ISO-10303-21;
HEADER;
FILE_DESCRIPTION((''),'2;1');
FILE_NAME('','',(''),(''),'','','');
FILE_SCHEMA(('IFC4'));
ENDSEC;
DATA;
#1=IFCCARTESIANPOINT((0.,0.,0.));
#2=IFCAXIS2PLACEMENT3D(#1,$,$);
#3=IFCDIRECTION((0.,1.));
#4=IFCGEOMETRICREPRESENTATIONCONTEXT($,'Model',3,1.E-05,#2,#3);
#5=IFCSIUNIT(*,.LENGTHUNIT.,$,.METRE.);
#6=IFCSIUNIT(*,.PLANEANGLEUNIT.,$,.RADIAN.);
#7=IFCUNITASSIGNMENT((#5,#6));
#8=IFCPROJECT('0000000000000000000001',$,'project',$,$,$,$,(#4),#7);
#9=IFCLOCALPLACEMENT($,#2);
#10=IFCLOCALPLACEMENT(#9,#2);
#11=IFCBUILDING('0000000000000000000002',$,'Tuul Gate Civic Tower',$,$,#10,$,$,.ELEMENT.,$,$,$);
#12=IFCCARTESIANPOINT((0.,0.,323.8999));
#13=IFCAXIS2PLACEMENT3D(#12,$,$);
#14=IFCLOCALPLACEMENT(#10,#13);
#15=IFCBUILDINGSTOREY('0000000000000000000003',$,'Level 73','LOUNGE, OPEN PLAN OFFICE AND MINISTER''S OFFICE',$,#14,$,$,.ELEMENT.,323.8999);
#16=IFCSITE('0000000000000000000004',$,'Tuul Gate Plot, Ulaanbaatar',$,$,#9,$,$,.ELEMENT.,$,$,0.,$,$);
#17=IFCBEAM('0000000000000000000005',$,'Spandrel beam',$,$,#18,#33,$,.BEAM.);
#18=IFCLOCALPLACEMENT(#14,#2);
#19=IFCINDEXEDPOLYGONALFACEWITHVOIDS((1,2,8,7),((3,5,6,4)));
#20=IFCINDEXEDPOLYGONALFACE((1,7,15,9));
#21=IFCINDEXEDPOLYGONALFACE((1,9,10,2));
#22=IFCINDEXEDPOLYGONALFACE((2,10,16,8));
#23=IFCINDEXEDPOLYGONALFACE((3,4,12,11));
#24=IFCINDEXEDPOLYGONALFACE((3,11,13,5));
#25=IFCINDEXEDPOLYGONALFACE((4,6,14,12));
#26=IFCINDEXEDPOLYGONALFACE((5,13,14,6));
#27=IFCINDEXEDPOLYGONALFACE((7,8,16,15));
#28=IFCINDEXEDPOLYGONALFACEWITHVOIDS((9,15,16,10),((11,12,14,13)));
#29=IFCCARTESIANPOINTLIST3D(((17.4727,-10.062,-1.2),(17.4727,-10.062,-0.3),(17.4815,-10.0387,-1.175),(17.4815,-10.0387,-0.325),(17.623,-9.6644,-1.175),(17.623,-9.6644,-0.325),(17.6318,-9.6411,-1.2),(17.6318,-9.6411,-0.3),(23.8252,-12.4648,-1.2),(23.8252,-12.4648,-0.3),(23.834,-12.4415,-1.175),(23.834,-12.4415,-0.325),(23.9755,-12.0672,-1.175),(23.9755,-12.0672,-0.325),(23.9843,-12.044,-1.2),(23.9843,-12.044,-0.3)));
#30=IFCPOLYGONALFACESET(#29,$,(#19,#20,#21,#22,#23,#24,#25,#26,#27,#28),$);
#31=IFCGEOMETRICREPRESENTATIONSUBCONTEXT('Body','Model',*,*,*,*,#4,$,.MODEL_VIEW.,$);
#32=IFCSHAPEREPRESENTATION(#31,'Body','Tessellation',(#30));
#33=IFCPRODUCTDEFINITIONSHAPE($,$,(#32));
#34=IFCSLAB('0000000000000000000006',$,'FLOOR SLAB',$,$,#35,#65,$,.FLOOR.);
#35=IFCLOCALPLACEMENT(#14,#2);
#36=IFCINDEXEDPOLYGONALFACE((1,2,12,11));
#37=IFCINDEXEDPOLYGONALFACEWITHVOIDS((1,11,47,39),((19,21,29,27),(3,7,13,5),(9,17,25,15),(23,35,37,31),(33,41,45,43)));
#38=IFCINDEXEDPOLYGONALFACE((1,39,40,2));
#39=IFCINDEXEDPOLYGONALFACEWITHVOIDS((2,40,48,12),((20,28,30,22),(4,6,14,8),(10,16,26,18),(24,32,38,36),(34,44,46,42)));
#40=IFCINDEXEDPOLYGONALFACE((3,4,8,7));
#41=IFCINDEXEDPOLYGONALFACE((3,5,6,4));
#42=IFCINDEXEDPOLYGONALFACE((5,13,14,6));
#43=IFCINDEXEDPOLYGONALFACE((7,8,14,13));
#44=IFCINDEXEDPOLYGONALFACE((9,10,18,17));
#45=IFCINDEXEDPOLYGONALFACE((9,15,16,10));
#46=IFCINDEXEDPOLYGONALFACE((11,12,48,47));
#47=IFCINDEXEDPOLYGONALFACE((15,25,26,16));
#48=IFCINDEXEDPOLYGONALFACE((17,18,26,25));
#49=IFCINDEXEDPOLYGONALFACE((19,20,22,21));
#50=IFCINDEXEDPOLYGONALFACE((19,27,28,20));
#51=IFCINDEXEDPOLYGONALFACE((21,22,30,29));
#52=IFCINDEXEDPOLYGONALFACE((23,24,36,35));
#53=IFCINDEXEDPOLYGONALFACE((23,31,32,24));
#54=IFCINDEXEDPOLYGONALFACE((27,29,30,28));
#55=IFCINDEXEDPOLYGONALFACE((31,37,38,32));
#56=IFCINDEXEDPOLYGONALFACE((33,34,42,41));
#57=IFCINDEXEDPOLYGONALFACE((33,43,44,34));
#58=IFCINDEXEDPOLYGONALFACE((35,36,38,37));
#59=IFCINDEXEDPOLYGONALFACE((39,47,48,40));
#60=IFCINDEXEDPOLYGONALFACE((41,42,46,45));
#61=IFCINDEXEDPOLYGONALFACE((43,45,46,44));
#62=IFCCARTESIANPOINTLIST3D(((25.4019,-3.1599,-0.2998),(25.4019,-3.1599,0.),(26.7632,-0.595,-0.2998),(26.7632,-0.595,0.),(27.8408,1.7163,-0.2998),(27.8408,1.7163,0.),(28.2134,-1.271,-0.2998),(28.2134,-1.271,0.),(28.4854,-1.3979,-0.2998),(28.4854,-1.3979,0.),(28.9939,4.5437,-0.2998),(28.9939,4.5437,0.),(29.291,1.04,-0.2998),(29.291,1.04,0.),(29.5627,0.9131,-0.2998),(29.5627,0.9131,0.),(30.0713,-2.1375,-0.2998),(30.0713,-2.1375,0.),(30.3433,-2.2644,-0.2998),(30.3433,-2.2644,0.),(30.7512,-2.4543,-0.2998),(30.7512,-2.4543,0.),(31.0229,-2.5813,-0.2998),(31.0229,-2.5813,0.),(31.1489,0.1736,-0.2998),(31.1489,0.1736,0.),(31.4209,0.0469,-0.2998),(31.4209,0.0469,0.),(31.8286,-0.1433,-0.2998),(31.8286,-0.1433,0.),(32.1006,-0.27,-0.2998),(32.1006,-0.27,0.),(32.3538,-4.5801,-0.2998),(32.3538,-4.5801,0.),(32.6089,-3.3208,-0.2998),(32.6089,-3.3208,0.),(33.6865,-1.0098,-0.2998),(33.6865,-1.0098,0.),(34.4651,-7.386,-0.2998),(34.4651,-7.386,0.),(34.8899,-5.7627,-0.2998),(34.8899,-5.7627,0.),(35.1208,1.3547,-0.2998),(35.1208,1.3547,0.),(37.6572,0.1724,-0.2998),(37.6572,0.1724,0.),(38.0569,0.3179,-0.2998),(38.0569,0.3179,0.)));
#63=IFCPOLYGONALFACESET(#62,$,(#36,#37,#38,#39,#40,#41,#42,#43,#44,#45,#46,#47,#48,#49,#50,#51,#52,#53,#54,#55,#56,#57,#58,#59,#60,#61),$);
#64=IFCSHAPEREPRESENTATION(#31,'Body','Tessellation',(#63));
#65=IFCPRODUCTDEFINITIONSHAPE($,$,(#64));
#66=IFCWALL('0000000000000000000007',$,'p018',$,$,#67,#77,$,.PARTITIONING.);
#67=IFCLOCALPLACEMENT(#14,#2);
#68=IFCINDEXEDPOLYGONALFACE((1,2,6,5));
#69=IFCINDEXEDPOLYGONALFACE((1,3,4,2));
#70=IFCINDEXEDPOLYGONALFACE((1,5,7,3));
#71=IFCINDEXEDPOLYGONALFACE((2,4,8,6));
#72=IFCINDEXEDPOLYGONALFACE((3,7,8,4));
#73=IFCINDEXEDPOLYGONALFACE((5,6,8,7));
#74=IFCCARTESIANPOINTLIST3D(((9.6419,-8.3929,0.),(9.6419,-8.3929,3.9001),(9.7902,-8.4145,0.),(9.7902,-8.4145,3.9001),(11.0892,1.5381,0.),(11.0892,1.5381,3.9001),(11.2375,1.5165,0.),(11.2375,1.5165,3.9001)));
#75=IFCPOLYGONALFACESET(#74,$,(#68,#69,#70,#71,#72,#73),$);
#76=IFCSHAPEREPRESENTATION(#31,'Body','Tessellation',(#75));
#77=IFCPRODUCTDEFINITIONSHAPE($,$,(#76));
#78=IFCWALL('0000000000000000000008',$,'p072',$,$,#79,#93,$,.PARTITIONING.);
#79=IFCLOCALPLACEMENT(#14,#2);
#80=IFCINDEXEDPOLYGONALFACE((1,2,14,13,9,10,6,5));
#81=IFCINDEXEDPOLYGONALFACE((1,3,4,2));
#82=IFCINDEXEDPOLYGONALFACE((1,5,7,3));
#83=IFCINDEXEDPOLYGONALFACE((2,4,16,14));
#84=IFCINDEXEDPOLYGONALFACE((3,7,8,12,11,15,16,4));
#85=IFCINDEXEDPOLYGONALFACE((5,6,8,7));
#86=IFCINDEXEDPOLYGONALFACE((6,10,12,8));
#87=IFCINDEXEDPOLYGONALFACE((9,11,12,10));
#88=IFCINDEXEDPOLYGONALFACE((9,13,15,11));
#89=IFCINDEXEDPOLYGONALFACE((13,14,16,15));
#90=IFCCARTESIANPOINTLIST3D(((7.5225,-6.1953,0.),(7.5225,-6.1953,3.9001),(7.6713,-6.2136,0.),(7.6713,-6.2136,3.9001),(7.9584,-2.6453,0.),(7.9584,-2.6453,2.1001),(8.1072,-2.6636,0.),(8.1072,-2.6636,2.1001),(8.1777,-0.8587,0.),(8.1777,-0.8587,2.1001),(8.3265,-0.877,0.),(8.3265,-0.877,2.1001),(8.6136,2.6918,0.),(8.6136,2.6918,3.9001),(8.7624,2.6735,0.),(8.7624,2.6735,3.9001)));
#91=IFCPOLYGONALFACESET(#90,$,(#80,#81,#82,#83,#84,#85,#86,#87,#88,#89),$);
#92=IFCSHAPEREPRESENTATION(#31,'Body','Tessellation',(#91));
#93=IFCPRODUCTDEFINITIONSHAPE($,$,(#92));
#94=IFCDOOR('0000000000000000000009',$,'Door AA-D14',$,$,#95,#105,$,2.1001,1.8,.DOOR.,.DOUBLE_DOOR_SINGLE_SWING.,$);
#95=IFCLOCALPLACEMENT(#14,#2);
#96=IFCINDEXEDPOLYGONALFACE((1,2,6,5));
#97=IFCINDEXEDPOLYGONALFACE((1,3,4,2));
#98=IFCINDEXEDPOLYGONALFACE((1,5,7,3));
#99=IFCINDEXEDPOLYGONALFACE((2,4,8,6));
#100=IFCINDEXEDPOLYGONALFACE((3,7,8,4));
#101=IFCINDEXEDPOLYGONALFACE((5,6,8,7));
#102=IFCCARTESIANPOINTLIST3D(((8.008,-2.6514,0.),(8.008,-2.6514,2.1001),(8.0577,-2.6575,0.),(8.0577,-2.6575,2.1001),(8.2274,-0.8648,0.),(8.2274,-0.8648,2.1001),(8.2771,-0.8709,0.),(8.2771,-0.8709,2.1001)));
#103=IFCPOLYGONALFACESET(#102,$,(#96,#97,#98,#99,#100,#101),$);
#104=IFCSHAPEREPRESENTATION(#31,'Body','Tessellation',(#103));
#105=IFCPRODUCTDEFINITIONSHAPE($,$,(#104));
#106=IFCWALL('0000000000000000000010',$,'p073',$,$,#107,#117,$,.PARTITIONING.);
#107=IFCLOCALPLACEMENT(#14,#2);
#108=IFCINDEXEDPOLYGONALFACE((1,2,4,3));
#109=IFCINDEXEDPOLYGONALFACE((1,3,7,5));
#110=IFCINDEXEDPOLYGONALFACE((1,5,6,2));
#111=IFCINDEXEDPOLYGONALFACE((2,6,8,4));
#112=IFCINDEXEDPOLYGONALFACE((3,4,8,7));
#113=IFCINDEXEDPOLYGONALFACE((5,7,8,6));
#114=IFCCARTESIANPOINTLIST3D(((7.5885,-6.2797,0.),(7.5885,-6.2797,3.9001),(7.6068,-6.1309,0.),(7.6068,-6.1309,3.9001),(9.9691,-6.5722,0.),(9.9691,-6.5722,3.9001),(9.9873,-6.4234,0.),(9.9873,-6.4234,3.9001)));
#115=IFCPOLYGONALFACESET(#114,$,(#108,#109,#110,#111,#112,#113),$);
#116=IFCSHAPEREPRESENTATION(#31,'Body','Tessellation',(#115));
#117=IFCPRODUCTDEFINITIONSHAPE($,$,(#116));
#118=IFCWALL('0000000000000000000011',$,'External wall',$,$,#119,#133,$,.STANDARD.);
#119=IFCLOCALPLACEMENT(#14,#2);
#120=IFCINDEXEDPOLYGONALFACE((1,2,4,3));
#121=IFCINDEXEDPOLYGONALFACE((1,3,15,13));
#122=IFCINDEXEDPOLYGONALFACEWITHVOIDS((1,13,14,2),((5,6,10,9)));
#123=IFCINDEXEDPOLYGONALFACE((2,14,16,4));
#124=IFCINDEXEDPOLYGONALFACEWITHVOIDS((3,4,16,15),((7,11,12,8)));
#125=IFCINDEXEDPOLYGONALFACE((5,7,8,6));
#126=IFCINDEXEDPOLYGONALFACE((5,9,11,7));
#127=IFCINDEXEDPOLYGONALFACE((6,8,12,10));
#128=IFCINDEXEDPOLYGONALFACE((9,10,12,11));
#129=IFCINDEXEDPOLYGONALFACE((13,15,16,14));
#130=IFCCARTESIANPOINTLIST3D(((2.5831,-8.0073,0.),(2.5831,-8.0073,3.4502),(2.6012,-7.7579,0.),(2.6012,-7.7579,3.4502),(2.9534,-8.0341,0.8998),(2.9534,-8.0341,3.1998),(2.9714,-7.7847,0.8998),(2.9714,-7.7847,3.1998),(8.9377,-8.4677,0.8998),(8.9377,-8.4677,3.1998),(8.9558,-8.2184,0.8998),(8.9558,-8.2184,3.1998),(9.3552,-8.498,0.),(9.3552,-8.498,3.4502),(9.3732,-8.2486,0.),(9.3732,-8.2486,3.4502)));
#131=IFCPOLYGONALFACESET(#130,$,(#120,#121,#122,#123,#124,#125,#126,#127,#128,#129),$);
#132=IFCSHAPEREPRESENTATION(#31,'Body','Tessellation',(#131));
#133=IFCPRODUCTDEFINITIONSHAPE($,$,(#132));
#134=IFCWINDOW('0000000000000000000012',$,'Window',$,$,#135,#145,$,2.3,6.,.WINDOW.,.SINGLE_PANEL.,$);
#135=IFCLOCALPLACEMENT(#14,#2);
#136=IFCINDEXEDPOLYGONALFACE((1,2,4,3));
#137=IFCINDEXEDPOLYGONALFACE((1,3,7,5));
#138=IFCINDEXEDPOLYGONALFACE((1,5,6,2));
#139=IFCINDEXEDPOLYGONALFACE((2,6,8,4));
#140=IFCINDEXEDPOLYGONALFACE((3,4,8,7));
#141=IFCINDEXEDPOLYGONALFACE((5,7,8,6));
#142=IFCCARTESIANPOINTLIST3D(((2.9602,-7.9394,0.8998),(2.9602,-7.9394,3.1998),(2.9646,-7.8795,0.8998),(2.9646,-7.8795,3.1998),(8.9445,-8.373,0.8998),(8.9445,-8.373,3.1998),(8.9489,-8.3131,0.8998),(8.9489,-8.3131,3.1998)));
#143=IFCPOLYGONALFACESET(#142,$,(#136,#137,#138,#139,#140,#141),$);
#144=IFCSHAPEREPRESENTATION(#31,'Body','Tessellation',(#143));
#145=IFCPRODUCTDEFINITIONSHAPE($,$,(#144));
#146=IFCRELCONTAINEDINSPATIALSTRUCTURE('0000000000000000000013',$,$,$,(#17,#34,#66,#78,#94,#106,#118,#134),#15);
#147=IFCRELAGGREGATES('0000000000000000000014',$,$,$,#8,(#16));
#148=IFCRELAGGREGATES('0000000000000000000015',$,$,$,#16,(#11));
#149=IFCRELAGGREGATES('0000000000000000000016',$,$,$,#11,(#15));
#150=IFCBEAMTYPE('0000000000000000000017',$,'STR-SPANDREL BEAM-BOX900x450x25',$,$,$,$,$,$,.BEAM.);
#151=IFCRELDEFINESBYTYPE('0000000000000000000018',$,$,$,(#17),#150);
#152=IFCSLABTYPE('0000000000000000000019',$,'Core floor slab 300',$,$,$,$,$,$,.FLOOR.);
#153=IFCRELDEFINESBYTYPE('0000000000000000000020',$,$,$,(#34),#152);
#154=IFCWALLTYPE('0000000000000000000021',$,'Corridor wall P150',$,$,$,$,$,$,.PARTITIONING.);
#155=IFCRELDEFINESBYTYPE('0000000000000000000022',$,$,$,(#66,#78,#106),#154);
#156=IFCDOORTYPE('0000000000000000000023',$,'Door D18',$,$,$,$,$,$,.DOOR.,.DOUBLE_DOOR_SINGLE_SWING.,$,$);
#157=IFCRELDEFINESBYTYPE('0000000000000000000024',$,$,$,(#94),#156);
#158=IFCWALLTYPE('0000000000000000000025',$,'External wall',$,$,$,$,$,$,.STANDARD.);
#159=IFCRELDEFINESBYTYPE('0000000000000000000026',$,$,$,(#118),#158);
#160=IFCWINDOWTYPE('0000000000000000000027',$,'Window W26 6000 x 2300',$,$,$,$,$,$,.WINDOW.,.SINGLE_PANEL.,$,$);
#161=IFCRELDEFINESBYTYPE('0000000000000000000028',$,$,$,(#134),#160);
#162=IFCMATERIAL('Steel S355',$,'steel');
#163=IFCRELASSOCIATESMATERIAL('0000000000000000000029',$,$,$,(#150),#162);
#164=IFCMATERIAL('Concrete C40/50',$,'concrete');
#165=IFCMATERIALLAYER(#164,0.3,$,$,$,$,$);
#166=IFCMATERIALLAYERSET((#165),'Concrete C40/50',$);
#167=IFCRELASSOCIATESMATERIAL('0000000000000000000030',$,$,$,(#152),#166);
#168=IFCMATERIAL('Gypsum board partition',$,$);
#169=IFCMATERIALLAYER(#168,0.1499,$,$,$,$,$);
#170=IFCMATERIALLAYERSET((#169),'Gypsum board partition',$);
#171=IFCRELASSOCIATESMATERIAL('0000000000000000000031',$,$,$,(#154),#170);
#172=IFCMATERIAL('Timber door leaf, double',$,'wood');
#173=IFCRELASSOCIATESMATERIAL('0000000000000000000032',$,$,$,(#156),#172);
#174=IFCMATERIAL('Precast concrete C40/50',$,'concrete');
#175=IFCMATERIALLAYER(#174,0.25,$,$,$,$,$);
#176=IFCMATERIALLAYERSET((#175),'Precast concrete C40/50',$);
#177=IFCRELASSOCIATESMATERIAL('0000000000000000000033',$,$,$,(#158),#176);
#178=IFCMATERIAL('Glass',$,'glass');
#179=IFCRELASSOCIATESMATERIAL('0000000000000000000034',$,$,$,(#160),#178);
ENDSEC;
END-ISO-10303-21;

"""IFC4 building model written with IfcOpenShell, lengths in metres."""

from ifc_helpers import new_model, si_unit, direction, frame, frame_2d, origin, origin_2d, place, context, subcontext, project, spatial, polyline, rectangle, hollow_rectangle, outline, extrude, material, layer, layer_set, material_profile, profile_set, type_object, element, fill, save


model = new_model("IFC4")

# Units and contexts
model_context = context("Model", 3, precision=1e-05, world=origin(), true_north=direction((0.0, 1.0)))
body_context = subcontext(model_context, "Body", "Model", "MODEL_VIEW")
ifc_project = project(units=[si_unit("LENGTHUNIT", "METRE"), si_unit("PLANEANGLEUNIT", "RADIAN")], contexts=[model_context])

# Site, building, storey
site_placement = place(None, origin())
site = spatial("IfcSite", under=ifc_project, at=site_placement, Name="Tuul Gate Plot, Ulaanbaatar", CompositionType="ELEMENT", RefElevation=0.0)
building_placement = place(site_placement, origin())
building = spatial("IfcBuilding", under=site, at=building_placement, Name="Tuul Gate Civic Tower", CompositionType="ELEMENT")
storey_placement = place(building_placement, frame((0.0, 0.0, 323.8999)))
storey = spatial("IfcBuildingStorey", under=building, at=storey_placement, Name="Level 73", Description="LOUNGE, OPEN PLAN OFFICE AND MINISTER'S OFFICE", CompositionType="ELEMENT", Elevation=323.8999)

# Beam
ifc_material_1 = material(Name="Steel S355", Category="steel")
ifc_material_profile_1 = material_profile(ifc_material_1, hollow_rectangle(XDim=0.45, YDim=0.8999, WallThickness=0.0249, at=origin_2d()), Name="BOX900x450x25")
ifc_profile_set_1 = profile_set([ifc_material_profile_1], Name="Steel S355")
beam_type_1 = type_object("IfcBeamType", Name="STR-SPANDREL BEAM-BOX900x450x25", PredefinedType="BEAM", material=ifc_profile_set_1)
for number, where, z_axis, x_axis, name in (
    (1, (17.5522, -9.8516, -0.75), (0.935327, -0.353785, 0.0), (0.353785, 0.935327, 0.0), "Spandrel beam"),
):
    element("IfcBeam", number, at=place(storey_placement, frame(where, z_axis=z_axis, x_axis=x_axis)), inside=storey, type_object=beam_type_1, Name=name, PredefinedType="BEAM", context=body_context, shape_type="SweptSolid", body=[
        extrude(hollow_rectangle(XDim=0.45, YDim=0.8999, WallThickness=0.0249, at=origin_2d()), origin(), (0.0, 0.0, 1.0), 6.7917),
    ])

# Slab
ifc_material_2 = material(Name="Concrete C40/50", Category="concrete")
ifc_layer_1 = layer(ifc_material_2, 0.3)
ifc_layer_set_1 = layer_set([ifc_layer_1], Name="Concrete C40/50")
slab_type = type_object("IfcSlabType", Name="Core floor slab 300", PredefinedType="FLOOR", material=ifc_layer_set_1)
slab_placement = place(storey_placement, frame((0.0, 0.0, -0.2998)))
element("IfcSlab", 2, at=slab_placement, inside=storey, type_object=slab_type, Name="FLOOR SLAB", PredefinedType="FLOOR", context=body_context, shape_type="SweptSolid", body=[
    extrude(outline(polyline([(34.4651, -7.386), (38.0569, 0.3179), (28.9939, 4.5437), (25.4019, -3.1599), (34.4651, -7.386)]), holes=[polyline([(32.6089, -3.3208), (33.6865, -1.0098), (32.1006, -0.27), (31.0229, -2.5813), (32.6089, -3.3208)]), polyline([(30.0713, -2.1375), (31.1489, 0.1736), (29.5627, 0.9131), (28.4854, -1.3979), (30.0713, -2.1375)]), polyline([(30.7512, -2.4543), (31.8286, -0.1433), (31.4209, 0.0469), (30.3433, -2.2644), (30.7512, -2.4543)]), polyline([(28.2134, -1.271), (29.291, 1.04), (27.8408, 1.7163), (26.7632, -0.595), (28.2134, -1.271)]), polyline([(34.8899, -5.7627), (32.3538, -4.5801), (35.1208, 1.3547), (37.6572, 0.1724), (34.8899, -5.7627)])]), origin(), (0.0, 0.0, 1.0), 0.2998),
])

# Wall
ifc_material_3 = material(Name="Gypsum board partition")
ifc_layer_2 = layer(ifc_material_3, 0.1499)
ifc_layer_set_2 = layer_set([ifc_layer_2], Name="Gypsum board partition")
wall_type_1 = type_object("IfcWallType", Name="Corridor wall P150", PredefinedType="PARTITIONING", material=ifc_layer_set_2)
wall_1_placement = place(storey_placement, frame((9.7161, -8.4038, 0.0), z_axis=(0.0, 0.0, 1.0), x_axis=(0.14421, 0.989547, 0.0)))
element("IfcWall", 3, at=wall_1_placement, inside=storey, type_object=wall_type_1, Name="p018", PredefinedType="PARTITIONING", context=body_context, shape_type="SweptSolid", body=[
    extrude(rectangle(XDim=10.0359, YDim=0.1499, at=frame_2d((5.0181, 0.0))), origin(), (0.0, 0.0, 1.0), 3.9001),
])

# Wall, opening, door
wall_2_placement = place(storey_placement, frame((7.5969, -6.2046, 0.0), z_axis=(0.0, 0.0, 1.0), x_axis=(0.121853, 0.992548, 0.0)))
wall_2 = element("IfcWall", 4, at=wall_2_placement, inside=storey, type_object=wall_type_1, Name="p072", PredefinedType="PARTITIONING", context=body_context, shape_type="SweptSolid", body=[
    extrude(rectangle(XDim=8.9539, YDim=0.1499, at=frame_2d((4.4771, 0.0))), origin(), (0.0, 0.0, 1.0), 3.9001),
])
opening_1_placement = place(wall_2_placement, frame((3.5769, 0.0, 0.0)))
opening_1 = element("IfcOpeningElement", 5, at=opening_1_placement, cuts=wall_2, PredefinedType="OPENING", context=body_context, shape_type="SweptSolid", body=[
    extrude(rectangle(XDim=1.8, YDim=2.1001, at=frame_2d((0.8999, 1.05))), frame((0.0, 0.085, 0.0), z_axis=(0.0, -1.0, 0.0), x_axis=(1.0, 0.0, 0.0)), (0.0, 0.0, 1.0), 0.1699),
])
ifc_material_4 = material(Name="Timber door leaf, double", Category="wood")
door_type = type_object("IfcDoorType", Name="Door D18", OperationType="DOUBLE_DOOR_SINGLE_SWING", PredefinedType="DOOR", material=ifc_material_4)
door_placement = place(opening_1_placement, origin())
door = element("IfcDoor", 6, at=door_placement, inside=storey, type_object=door_type, Name="Door AA-D14", OperationType="DOUBLE_DOOR_SINGLE_SWING", OverallHeight=2.1001, OverallWidth=1.8, PredefinedType="DOOR", context=body_context, shape_type="SweptSolid", body=[
    extrude(rectangle(XDim=1.8, YDim=2.1001, at=frame_2d((0.8999, 1.05))), frame((0.0, 0.0249, 0.0), z_axis=(0.0, -1.0, 0.0), x_axis=(1.0, 0.0, 0.0)), (0.0, 0.0, 1.0), 0.05),
])
fill(opening_1, door)

# Wall
wall_3_placement = place(storey_placement, frame((7.5977, -6.2053, 0.0), z_axis=(0.0, 0.0, 1.0), x_axis=(0.992537, -0.121942, 0.0)))
element("IfcWall", 7, at=wall_3_placement, inside=storey, type_object=wall_type_1, Name="p073", PredefinedType="PARTITIONING", context=body_context, shape_type="SweptSolid", body=[
    extrude(rectangle(XDim=2.3984, YDim=0.1499, at=frame_2d((1.1992, 0.0))), origin(), (0.0, 0.0, 1.0), 3.9001),
])

# Wall, opening, window
ifc_material_5 = material(Name="Precast concrete C40/50", Category="concrete")
ifc_layer_3 = layer(ifc_material_5, 0.25)
ifc_layer_set_3 = layer_set([ifc_layer_3], Name="Precast concrete C40/50")
wall_type_2 = type_object("IfcWallType", Name="External wall", PredefinedType="STANDARD", material=ifc_layer_set_3)
wall_4_placement = place(storey_placement, frame((2.592, -7.8826, 0.0), z_axis=(0.0, 0.0, 1.0), x_axis=(0.997385, -0.072274, 0.0)))
wall_4 = element("IfcWall", 8, at=wall_4_placement, inside=storey, type_object=wall_type_2, Name="External wall", PredefinedType="STANDARD", context=body_context, shape_type="SweptSolid", body=[
    extrude(rectangle(XDim=6.7898, YDim=0.25, at=frame_2d((3.395, 0.0))), origin(), (0.0, 0.0, 1.0), 3.4502),
])
opening_2_placement = place(wall_4_placement, frame((0.3713, 0.0, 0.8999)))
opening_2 = element("IfcOpeningElement", 9, at=opening_2_placement, cuts=wall_4, PredefinedType="OPENING", context=body_context, shape_type="SweptSolid", body=[
    extrude(rectangle(XDim=6.0, YDim=2.3, at=frame_2d((3.0, 1.1499))), frame((0.0, 0.135, 0.0), z_axis=(0.0, -1.0, 0.0), x_axis=(1.0, 0.0, 0.0)), (0.0, 0.0, 1.0), 0.27),
])
ifc_material_6 = material(Name="Glass", Category="glass")
window_type = type_object("IfcWindowType", Name="Window W26 6000 x 2300", PartitioningType="SINGLE_PANEL", PredefinedType="WINDOW", material=ifc_material_6)
window_1_placement = place(opening_2_placement, origin())
window_1 = element("IfcWindow", 10, at=window_1_placement, inside=storey, type_object=window_type, Name="Window", OverallHeight=2.3, OverallWidth=6.0, PartitioningType="SINGLE_PANEL", PredefinedType="WINDOW", context=body_context, shape_type="SweptSolid", body=[
    extrude(rectangle(XDim=6.0, YDim=2.3, at=frame_2d((3.0, 1.1499))), frame((0.0, 0.03, 0.0), z_axis=(0.0, -1.0, 0.0), x_axis=(1.0, 0.0, 0.0)), (0.0, 0.0, 1.0), 0.0601),
])
fill(opening_2, window_1)

save(model, "model.ifc")
